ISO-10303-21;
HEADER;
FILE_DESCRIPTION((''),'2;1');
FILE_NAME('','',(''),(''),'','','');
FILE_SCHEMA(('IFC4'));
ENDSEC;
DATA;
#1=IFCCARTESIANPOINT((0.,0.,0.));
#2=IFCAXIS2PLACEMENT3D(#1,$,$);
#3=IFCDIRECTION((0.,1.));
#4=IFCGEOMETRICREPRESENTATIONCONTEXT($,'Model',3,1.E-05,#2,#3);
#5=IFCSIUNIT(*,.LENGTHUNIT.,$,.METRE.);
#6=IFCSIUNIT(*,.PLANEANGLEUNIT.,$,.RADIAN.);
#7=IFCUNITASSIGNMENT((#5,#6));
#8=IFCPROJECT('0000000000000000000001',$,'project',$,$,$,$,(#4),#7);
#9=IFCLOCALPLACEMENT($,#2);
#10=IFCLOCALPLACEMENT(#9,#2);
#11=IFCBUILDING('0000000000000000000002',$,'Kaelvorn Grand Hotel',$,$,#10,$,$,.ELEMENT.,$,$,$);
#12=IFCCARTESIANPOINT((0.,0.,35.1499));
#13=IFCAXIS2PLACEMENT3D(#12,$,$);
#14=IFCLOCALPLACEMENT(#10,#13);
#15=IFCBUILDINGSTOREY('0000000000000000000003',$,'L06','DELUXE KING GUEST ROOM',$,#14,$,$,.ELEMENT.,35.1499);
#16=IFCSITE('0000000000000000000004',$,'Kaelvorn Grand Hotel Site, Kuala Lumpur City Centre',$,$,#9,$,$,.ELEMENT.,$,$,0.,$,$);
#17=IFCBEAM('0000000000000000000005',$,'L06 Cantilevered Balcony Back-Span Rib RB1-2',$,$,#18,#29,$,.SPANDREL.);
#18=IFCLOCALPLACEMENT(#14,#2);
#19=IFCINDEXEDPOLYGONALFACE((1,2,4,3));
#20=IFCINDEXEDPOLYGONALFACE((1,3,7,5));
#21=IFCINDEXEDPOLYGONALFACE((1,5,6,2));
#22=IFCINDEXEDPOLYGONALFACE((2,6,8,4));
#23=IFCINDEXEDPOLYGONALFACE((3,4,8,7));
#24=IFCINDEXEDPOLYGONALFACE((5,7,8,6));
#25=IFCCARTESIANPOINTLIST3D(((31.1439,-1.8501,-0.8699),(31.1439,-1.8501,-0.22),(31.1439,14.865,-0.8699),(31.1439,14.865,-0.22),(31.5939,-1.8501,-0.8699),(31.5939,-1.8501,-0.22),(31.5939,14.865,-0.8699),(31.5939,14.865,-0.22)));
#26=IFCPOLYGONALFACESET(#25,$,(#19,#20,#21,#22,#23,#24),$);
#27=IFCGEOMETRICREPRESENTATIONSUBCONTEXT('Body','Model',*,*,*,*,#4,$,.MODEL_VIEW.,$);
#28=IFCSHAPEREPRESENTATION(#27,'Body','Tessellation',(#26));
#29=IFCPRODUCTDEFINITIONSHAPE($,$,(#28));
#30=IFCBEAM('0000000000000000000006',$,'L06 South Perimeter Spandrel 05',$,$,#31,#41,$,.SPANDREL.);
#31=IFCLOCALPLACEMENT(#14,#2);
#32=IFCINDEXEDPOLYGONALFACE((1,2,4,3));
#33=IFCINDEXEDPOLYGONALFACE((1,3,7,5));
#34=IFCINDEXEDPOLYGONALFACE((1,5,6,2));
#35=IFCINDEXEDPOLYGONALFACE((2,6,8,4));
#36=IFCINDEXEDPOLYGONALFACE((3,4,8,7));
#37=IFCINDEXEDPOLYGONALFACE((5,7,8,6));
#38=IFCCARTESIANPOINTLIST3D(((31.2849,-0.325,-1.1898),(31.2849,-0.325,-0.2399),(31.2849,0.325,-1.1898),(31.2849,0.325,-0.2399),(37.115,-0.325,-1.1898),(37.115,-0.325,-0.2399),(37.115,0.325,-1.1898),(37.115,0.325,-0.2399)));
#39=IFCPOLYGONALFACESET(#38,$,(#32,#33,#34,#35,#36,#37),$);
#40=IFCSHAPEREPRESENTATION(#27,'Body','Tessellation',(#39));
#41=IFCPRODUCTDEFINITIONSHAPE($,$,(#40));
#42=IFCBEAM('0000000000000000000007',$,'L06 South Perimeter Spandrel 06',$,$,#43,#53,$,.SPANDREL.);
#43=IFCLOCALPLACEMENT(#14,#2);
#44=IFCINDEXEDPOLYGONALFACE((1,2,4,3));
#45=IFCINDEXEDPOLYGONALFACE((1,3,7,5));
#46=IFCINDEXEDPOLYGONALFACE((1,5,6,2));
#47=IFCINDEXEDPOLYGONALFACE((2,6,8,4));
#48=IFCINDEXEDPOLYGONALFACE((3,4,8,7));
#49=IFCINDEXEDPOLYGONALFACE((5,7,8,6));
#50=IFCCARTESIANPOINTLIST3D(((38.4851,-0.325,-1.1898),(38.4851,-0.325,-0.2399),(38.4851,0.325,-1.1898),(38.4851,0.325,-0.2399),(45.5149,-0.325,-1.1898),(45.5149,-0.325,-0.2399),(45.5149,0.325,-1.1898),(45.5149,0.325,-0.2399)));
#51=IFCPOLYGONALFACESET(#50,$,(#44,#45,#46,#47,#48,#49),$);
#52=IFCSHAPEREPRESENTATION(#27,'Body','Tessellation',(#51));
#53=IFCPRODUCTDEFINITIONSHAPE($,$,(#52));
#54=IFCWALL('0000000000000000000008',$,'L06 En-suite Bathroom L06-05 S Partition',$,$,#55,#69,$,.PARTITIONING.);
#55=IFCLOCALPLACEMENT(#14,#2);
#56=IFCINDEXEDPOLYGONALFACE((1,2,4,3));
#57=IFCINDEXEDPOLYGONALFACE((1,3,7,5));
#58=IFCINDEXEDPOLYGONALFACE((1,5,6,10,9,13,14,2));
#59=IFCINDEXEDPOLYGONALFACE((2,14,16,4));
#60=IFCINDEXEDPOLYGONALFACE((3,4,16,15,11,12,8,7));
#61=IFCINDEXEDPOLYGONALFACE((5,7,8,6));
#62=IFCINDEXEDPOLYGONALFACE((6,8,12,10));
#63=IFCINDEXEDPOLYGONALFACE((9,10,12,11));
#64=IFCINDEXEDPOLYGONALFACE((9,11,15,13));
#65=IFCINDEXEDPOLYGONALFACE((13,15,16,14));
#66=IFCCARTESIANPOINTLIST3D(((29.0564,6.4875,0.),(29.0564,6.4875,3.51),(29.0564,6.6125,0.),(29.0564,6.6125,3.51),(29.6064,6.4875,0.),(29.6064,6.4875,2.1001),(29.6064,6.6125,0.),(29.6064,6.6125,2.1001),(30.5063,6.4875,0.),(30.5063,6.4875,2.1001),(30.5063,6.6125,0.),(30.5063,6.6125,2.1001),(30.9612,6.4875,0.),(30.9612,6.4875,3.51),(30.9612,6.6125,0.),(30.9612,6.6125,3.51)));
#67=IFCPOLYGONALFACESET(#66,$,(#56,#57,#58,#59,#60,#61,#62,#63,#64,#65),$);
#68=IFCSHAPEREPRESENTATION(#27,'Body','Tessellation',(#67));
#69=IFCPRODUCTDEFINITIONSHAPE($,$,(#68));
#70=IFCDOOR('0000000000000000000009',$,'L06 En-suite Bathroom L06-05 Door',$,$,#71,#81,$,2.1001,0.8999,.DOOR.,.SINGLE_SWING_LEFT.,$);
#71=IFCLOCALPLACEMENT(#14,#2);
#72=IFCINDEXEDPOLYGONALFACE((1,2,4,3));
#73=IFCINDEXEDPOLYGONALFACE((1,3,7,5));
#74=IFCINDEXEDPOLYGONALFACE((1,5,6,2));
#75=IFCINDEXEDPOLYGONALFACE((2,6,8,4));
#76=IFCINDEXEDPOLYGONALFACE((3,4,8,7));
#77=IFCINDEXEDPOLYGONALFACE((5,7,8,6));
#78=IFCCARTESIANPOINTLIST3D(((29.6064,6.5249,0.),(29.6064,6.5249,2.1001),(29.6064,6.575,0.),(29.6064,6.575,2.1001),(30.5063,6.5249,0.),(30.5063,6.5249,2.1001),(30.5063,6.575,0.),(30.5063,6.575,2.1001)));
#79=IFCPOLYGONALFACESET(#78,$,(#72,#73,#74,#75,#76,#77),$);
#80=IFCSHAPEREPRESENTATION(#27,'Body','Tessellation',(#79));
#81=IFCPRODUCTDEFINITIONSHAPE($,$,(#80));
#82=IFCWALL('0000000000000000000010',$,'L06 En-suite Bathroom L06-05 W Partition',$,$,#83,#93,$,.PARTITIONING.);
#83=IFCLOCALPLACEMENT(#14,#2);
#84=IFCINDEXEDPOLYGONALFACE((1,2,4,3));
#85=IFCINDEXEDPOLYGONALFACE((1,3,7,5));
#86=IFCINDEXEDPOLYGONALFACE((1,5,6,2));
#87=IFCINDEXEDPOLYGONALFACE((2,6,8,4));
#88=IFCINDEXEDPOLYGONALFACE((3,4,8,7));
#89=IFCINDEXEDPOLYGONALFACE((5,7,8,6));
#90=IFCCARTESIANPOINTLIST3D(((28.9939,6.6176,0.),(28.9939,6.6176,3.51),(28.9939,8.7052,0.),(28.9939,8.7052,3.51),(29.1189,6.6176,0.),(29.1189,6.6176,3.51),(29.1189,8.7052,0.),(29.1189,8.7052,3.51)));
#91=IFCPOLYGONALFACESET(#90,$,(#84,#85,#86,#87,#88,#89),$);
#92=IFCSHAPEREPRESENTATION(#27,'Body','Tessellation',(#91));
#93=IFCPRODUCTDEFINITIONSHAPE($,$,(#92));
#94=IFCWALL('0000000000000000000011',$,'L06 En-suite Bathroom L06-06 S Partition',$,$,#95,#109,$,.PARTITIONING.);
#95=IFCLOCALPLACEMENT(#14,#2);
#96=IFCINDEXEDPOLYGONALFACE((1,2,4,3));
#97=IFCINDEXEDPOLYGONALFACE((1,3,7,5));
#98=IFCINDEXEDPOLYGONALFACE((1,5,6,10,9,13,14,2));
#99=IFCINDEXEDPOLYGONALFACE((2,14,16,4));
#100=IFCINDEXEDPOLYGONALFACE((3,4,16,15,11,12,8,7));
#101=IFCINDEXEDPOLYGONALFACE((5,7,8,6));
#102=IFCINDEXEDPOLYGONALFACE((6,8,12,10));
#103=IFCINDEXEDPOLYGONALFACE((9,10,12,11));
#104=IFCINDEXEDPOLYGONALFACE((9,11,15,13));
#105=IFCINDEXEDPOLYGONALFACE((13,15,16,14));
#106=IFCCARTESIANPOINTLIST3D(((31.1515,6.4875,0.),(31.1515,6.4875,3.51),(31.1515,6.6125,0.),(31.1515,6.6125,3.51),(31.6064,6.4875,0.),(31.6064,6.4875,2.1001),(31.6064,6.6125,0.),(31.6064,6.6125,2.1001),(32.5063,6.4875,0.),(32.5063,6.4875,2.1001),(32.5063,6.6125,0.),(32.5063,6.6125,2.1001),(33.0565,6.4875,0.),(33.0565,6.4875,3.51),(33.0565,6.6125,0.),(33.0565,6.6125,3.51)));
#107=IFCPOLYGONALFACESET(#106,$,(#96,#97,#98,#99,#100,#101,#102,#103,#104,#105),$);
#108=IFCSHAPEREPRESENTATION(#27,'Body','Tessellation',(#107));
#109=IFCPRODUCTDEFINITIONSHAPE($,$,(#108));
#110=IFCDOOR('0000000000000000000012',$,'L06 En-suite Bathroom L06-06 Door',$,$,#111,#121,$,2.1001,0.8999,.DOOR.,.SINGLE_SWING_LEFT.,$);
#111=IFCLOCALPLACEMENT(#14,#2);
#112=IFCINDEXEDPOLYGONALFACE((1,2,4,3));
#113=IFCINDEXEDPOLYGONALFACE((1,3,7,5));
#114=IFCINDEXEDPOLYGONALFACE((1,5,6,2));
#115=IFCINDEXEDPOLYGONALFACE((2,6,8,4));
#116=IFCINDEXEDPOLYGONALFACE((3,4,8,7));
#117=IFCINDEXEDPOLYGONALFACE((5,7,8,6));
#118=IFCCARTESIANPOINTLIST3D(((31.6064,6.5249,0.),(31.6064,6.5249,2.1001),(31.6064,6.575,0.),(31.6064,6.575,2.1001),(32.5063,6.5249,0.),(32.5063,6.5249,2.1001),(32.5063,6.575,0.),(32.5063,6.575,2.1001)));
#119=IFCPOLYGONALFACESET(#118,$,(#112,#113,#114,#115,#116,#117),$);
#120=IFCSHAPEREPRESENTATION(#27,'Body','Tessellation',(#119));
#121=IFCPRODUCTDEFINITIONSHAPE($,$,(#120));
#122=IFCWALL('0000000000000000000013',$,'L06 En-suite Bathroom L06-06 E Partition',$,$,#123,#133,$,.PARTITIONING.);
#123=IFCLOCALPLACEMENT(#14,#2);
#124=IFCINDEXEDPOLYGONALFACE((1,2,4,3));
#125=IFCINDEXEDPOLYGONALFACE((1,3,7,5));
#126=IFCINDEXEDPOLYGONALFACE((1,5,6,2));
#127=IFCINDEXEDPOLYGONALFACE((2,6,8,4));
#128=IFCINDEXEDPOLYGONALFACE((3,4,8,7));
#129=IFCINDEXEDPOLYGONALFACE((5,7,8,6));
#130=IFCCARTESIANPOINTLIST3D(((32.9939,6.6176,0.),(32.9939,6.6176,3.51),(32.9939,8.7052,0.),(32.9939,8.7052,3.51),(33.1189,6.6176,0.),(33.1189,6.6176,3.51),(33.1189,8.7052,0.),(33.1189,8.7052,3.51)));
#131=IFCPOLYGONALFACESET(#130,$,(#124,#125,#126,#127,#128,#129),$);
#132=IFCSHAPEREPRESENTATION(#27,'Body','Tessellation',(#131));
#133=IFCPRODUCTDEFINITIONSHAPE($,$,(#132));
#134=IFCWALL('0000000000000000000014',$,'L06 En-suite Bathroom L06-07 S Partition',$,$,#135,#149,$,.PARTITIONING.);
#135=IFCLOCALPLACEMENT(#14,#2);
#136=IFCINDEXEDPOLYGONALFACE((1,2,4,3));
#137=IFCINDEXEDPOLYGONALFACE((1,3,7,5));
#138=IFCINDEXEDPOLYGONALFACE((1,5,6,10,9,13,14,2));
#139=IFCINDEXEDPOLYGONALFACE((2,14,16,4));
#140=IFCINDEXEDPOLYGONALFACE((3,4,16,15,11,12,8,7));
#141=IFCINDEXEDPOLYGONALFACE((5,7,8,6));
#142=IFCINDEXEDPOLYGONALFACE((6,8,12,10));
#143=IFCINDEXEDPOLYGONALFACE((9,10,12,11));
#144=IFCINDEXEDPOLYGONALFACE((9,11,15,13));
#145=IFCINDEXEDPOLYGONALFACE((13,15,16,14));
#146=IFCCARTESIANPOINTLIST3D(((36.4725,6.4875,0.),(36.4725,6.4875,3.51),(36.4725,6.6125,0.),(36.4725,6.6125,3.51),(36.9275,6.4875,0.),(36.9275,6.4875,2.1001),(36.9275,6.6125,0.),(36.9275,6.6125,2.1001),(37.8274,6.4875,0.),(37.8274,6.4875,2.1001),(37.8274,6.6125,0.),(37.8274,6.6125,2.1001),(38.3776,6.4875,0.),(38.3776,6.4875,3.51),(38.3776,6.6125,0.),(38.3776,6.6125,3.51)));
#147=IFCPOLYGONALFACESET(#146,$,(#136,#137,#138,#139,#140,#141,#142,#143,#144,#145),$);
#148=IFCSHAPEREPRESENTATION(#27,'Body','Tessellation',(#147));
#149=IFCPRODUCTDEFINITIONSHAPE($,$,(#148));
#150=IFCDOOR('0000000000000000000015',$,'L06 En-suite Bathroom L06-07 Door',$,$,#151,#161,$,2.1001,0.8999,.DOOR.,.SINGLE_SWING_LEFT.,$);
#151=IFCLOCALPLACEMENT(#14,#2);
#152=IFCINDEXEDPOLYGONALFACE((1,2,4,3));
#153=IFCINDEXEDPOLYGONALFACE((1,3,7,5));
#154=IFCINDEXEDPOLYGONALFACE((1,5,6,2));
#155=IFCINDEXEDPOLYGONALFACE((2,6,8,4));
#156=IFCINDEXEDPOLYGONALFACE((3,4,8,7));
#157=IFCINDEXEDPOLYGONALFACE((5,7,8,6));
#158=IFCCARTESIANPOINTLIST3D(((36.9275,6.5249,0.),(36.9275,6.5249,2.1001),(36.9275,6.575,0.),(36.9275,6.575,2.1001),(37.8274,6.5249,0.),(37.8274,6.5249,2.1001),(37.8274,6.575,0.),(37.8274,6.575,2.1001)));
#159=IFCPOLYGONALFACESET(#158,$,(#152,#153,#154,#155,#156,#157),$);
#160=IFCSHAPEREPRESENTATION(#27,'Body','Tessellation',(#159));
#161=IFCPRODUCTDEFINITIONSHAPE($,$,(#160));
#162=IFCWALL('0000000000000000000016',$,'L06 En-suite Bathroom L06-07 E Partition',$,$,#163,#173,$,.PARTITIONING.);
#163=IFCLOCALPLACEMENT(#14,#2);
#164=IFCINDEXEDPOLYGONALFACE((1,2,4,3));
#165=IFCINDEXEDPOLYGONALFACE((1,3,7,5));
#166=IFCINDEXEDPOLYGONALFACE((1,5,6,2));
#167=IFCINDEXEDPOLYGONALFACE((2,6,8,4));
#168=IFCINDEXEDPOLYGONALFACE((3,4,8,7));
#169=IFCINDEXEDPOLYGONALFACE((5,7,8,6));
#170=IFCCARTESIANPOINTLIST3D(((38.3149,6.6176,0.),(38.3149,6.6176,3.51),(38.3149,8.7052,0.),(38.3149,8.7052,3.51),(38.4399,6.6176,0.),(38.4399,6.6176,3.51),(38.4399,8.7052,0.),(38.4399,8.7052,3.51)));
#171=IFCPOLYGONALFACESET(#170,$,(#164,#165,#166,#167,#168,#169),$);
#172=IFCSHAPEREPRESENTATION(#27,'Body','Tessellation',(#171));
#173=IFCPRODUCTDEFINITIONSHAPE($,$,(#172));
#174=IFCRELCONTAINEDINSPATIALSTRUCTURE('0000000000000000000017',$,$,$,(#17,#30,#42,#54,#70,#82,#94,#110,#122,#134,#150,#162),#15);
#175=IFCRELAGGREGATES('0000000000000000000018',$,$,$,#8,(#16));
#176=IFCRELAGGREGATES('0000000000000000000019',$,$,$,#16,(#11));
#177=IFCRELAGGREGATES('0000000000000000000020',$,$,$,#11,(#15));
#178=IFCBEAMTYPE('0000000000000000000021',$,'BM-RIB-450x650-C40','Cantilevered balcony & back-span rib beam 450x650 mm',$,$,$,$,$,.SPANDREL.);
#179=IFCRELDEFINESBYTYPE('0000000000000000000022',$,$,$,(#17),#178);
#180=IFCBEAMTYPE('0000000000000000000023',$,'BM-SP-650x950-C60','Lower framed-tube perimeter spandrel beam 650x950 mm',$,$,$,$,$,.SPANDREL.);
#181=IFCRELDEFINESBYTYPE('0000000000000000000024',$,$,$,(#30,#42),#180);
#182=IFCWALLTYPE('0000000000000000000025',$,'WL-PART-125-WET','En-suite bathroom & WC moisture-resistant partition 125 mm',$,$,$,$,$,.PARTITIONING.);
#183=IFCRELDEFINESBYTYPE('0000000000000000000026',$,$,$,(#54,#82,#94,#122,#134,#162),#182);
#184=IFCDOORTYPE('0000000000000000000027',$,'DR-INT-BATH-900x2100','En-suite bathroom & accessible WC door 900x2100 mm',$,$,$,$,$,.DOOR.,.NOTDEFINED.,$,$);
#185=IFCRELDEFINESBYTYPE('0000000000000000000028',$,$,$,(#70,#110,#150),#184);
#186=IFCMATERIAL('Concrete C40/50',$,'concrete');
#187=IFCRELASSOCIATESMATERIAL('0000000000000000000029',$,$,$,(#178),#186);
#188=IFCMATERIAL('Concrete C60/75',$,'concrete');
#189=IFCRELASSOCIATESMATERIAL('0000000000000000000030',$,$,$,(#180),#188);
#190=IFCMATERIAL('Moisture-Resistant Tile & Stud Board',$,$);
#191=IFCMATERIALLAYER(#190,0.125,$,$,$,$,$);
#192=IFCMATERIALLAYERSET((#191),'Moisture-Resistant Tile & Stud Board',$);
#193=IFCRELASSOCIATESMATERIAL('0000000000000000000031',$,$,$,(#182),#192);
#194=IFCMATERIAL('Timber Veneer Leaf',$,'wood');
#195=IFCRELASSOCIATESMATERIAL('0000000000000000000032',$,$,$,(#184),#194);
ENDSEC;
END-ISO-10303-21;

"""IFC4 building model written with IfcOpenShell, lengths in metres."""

from ifc_helpers import new_model, si_unit, direction, frame, frame_2d, origin, origin_2d, place, context, subcontext, project, spatial, rectangle, extrude, material, layer, layer_set, material_profile, profile_set, type_object, element, fill, save


model = new_model("IFC4")

# Units and contexts
model_context = context("Model", 3, precision=1e-05, world=origin(), true_north=direction((0.0, 1.0)))
body_context = subcontext(model_context, "Body", "Model", "MODEL_VIEW")
ifc_project = project(units=[si_unit("LENGTHUNIT", "METRE"), si_unit("PLANEANGLEUNIT", "RADIAN")], contexts=[model_context])

# Site, building, storey
site_placement = place(None, origin())
site = spatial("IfcSite", under=ifc_project, at=site_placement, Name="Kaelvorn Grand Hotel Site, Kuala Lumpur City Centre", CompositionType="ELEMENT", RefElevation=0.0)
building_placement = place(site_placement, origin())
building = spatial("IfcBuilding", under=site, at=building_placement, Name="Kaelvorn Grand Hotel", CompositionType="ELEMENT")
storey_placement = place(building_placement, frame((0.0, 0.0, 35.1499)))
storey = spatial("IfcBuildingStorey", under=building, at=storey_placement, Name="L06", Description="DELUXE KING GUEST ROOM", CompositionType="ELEMENT", Elevation=35.1499)

# Beams
ifc_material_1 = material(Name="Concrete C40/50", Category="concrete")
ifc_material_profile_1 = material_profile(ifc_material_1, rectangle(XDim=0.45, YDim=0.6499, at=origin_2d()), Name="RC RIB 450x650")
ifc_profile_set_1 = profile_set([ifc_material_profile_1], Name="Concrete C40/50")
beam_type_1 = type_object("IfcBeamType", Name="BM-RIB-450x650-C40", Description="Cantilevered balcony & back-span rib beam 450x650 mm", PredefinedType="SPANDREL", material=ifc_profile_set_1)
beam_1_placement = place(storey_placement, frame((31.3689, -1.8501, -0.5449), z_axis=(0.0, 1.0, 0.0), x_axis=(-1.0, 0.0, 0.0)))
element("IfcBeam", 1, at=beam_1_placement, inside=storey, type_object=beam_type_1, Name="L06 Cantilevered Balcony Back-Span Rib RB1-2", PredefinedType="SPANDREL", context=body_context, shape_type="SweptSolid", body=[
    extrude(rectangle(XDim=0.45, YDim=0.6499, at=origin_2d()), origin(), (0.0, 0.0, 1.0), 16.7151),
])
ifc_material_2 = material(Name="Concrete C60/75", Category="concrete")
ifc_material_profile_2 = material_profile(ifc_material_2, rectangle(XDim=0.6499, YDim=0.95, at=origin_2d()), Name="RC SPANDREL 650x950")
ifc_profile_set_2 = profile_set([ifc_material_profile_2], Name="Concrete C60/75")
beam_type_2 = type_object("IfcBeamType", Name="BM-SP-650x950-C60", Description="Lower framed-tube perimeter spandrel beam 650x950 mm", PredefinedType="SPANDREL", material=ifc_profile_set_2)
beam_2_placement = place(storey_placement, frame((31.2849, 0.0, -0.7148), z_axis=(1.0, 0.0, 0.0), x_axis=(0.0, 1.0, 0.0)))
element("IfcBeam", 2, at=beam_2_placement, inside=storey, type_object=beam_type_2, Name="L06 South Perimeter Spandrel 05", PredefinedType="SPANDREL", context=body_context, shape_type="SweptSolid", body=[
    extrude(rectangle(XDim=0.6499, YDim=0.95, at=origin_2d()), origin(), (0.0, 0.0, 1.0), 5.8301),
])
beam_3_placement = place(storey_placement, frame((38.4851, 0.0, -0.7148), z_axis=(1.0, 0.0, 0.0), x_axis=(0.0, 1.0, 0.0)))
element("IfcBeam", 3, at=beam_3_placement, inside=storey, type_object=beam_type_2, Name="L06 South Perimeter Spandrel 06", PredefinedType="SPANDREL", context=body_context, shape_type="SweptSolid", body=[
    extrude(rectangle(XDim=0.6499, YDim=0.95, at=origin_2d()), origin(), (0.0, 0.0, 1.0), 7.0298),
])

# Wall, opening, door
ifc_material_3 = material(Name="Moisture-Resistant Tile & Stud Board")
ifc_layer_1 = layer(ifc_material_3, 0.125)
ifc_layer_set_1 = layer_set([ifc_layer_1], Name="Moisture-Resistant Tile & Stud Board")
wall_type_1 = type_object("IfcWallType", Name="WL-PART-125-WET", Description="En-suite bathroom & WC moisture-resistant partition 125 mm", PredefinedType="PARTITIONING", material=ifc_layer_set_1)
wall_1_placement = place(storey_placement, frame((29.0564, 6.55, 0.0), z_axis=(0.0, 0.0, 1.0), x_axis=(1.0, 0.0, 0.0)))
wall_1 = element("IfcWall", 4, at=wall_1_placement, inside=storey, type_object=wall_type_1, Name="L06 En-suite Bathroom L06-05 S Partition", PredefinedType="PARTITIONING", context=body_context, shape_type="SweptSolid", body=[
    extrude(rectangle(XDim=1.9048, YDim=0.125, at=frame_2d((0.9524, 0.0))), origin(), (0.0, 0.0, 1.0), 3.51),
])
opening_1_placement = place(wall_1_placement, frame((0.55, 0.0, 0.0)))
opening_1 = element("IfcOpeningElement", 5, at=opening_1_placement, cuts=wall_1, PredefinedType="OPENING", context=body_context, shape_type="SweptSolid", body=[
    extrude(rectangle(XDim=0.8999, YDim=2.1001, at=frame_2d((0.45, 1.05))), frame((0.0, 0.0725, 0.0), z_axis=(0.0, -1.0, 0.0), x_axis=(1.0, 0.0, 0.0)), (0.0, 0.0, 1.0), 0.145),
])
ifc_material_4 = material(Name="Timber Veneer Leaf", Category="wood")
door_type_1 = type_object("IfcDoorType", Name="DR-INT-BATH-900x2100", Description="En-suite bathroom & accessible WC door 900x2100 mm", OperationType="NOTDEFINED", PredefinedType="DOOR", material=ifc_material_4)
door_1_placement = place(opening_1_placement, origin())
door_1 = element("IfcDoor", 6, at=door_1_placement, inside=storey, type_object=door_type_1, Name="L06 En-suite Bathroom L06-05 Door", OperationType="SINGLE_SWING_LEFT", OverallHeight=2.1001, OverallWidth=0.8999, PredefinedType="DOOR", context=body_context, shape_type="SweptSolid", body=[
    extrude(rectangle(XDim=0.8999, YDim=2.1001, at=frame_2d((0.45, 1.05))), frame((0.0, 0.0249, 0.0), z_axis=(0.0, -1.0, 0.0), x_axis=(1.0, 0.0, 0.0)), (0.0, 0.0, 1.0), 0.05),
])
fill(opening_1, door_1)

# Wall
wall_2_placement = place(storey_placement, frame((29.0564, 6.6174, 0.0), z_axis=(0.0, 0.0, 1.0), x_axis=(0.0, 1.0, 0.0)))
element("IfcWall", 7, at=wall_2_placement, inside=storey, type_object=wall_type_1, Name="L06 En-suite Bathroom L06-05 W Partition", PredefinedType="PARTITIONING", context=body_context, shape_type="SweptSolid", body=[
    extrude(rectangle(XDim=2.0876, YDim=0.125, at=frame_2d((1.0439, 0.0))), origin(), (0.0, 0.0, 1.0), 3.51),
])

# Wall, opening, door
wall_3_placement = place(storey_placement, frame((31.1514, 6.55, 0.0), z_axis=(0.0, 0.0, 1.0), x_axis=(1.0, 0.0, 0.0)))
wall_3 = element("IfcWall", 8, at=wall_3_placement, inside=storey, type_object=wall_type_1, Name="L06 En-suite Bathroom L06-06 S Partition", PredefinedType="PARTITIONING", context=body_context, shape_type="SweptSolid", body=[
    extrude(rectangle(XDim=1.905, YDim=0.125, at=frame_2d((0.9526, 0.0))), origin(), (0.0, 0.0, 1.0), 3.51),
])
opening_2_placement = place(wall_3_placement, frame((0.4551, 0.0, 0.0)))
opening_2 = element("IfcOpeningElement", 9, at=opening_2_placement, cuts=wall_3, PredefinedType="OPENING", context=body_context, shape_type="SweptSolid", body=[
    extrude(rectangle(XDim=0.8999, YDim=2.1001, at=frame_2d((0.45, 1.05))), frame((0.0, 0.0725, 0.0), z_axis=(0.0, -1.0, 0.0), x_axis=(1.0, 0.0, 0.0)), (0.0, 0.0, 1.0), 0.145),
])
door_2_placement = place(opening_2_placement, origin())
door_2 = element("IfcDoor", 10, at=door_2_placement, inside=storey, type_object=door_type_1, Name="L06 En-suite Bathroom L06-06 Door", OperationType="SINGLE_SWING_LEFT", OverallHeight=2.1001, OverallWidth=0.8999, PredefinedType="DOOR", context=body_context, shape_type="SweptSolid", body=[
    extrude(rectangle(XDim=0.8999, YDim=2.1001, at=frame_2d((0.45, 1.05))), frame((0.0, 0.0249, 0.0), z_axis=(0.0, -1.0, 0.0), x_axis=(1.0, 0.0, 0.0)), (0.0, 0.0, 1.0), 0.05),
])
fill(opening_2, door_2)

# Wall
wall_4_placement = place(storey_placement, frame((33.0564, 6.6174, 0.0), z_axis=(0.0, 0.0, 1.0), x_axis=(0.0, 1.0, 0.0)))
element("IfcWall", 11, at=wall_4_placement, inside=storey, type_object=wall_type_1, Name="L06 En-suite Bathroom L06-06 E Partition", PredefinedType="PARTITIONING", context=body_context, shape_type="SweptSolid", body=[
    extrude(rectangle(XDim=2.0876, YDim=0.125, at=frame_2d((1.0439, 0.0))), origin(), (0.0, 0.0, 1.0), 3.51),
])

# Wall, opening, door
wall_5_placement = place(storey_placement, frame((36.4724, 6.55, 0.0), z_axis=(0.0, 0.0, 1.0), x_axis=(1.0, 0.0, 0.0)))
wall_5 = element("IfcWall", 12, at=wall_5_placement, inside=storey, type_object=wall_type_1, Name="L06 En-suite Bathroom L06-07 S Partition", PredefinedType="PARTITIONING", context=body_context, shape_type="SweptSolid", body=[
    extrude(rectangle(XDim=1.905, YDim=0.125, at=frame_2d((0.9526, 0.0))), origin(), (0.0, 0.0, 1.0), 3.51),
])
opening_3_placement = place(wall_5_placement, frame((0.4551, 0.0, 0.0)))
opening_3 = element("IfcOpeningElement", 13, at=opening_3_placement, cuts=wall_5, PredefinedType="OPENING", context=body_context, shape_type="SweptSolid", body=[
    extrude(rectangle(XDim=0.8999, YDim=2.1001, at=frame_2d((0.45, 1.05))), frame((0.0, 0.0725, 0.0), z_axis=(0.0, -1.0, 0.0), x_axis=(1.0, 0.0, 0.0)), (0.0, 0.0, 1.0), 0.145),
])
door_3_placement = place(opening_3_placement, origin())
door_3 = element("IfcDoor", 14, at=door_3_placement, inside=storey, type_object=door_type_1, Name="L06 En-suite Bathroom L06-07 Door", OperationType="SINGLE_SWING_LEFT", OverallHeight=2.1001, OverallWidth=0.8999, PredefinedType="DOOR", context=body_context, shape_type="SweptSolid", body=[
    extrude(rectangle(XDim=0.8999, YDim=2.1001, at=frame_2d((0.45, 1.05))), frame((0.0, 0.0249, 0.0), z_axis=(0.0, -1.0, 0.0), x_axis=(1.0, 0.0, 0.0)), (0.0, 0.0, 1.0), 0.05),
])
fill(opening_3, door_3)

# Wall
wall_6_placement = place(storey_placement, frame((38.3774, 6.6174, 0.0), z_axis=(0.0, 0.0, 1.0), x_axis=(0.0, 1.0, 0.0)))
element("IfcWall", 15, at=wall_6_placement, inside=storey, type_object=wall_type_1, Name="L06 En-suite Bathroom L06-07 E Partition", PredefinedType="PARTITIONING", context=body_context, shape_type="SweptSolid", body=[
    extrude(rectangle(XDim=2.0876, YDim=0.125, at=frame_2d((1.0439, 0.0))), origin(), (0.0, 0.0, 1.0), 3.51),
])

save(model, "model.ifc")
